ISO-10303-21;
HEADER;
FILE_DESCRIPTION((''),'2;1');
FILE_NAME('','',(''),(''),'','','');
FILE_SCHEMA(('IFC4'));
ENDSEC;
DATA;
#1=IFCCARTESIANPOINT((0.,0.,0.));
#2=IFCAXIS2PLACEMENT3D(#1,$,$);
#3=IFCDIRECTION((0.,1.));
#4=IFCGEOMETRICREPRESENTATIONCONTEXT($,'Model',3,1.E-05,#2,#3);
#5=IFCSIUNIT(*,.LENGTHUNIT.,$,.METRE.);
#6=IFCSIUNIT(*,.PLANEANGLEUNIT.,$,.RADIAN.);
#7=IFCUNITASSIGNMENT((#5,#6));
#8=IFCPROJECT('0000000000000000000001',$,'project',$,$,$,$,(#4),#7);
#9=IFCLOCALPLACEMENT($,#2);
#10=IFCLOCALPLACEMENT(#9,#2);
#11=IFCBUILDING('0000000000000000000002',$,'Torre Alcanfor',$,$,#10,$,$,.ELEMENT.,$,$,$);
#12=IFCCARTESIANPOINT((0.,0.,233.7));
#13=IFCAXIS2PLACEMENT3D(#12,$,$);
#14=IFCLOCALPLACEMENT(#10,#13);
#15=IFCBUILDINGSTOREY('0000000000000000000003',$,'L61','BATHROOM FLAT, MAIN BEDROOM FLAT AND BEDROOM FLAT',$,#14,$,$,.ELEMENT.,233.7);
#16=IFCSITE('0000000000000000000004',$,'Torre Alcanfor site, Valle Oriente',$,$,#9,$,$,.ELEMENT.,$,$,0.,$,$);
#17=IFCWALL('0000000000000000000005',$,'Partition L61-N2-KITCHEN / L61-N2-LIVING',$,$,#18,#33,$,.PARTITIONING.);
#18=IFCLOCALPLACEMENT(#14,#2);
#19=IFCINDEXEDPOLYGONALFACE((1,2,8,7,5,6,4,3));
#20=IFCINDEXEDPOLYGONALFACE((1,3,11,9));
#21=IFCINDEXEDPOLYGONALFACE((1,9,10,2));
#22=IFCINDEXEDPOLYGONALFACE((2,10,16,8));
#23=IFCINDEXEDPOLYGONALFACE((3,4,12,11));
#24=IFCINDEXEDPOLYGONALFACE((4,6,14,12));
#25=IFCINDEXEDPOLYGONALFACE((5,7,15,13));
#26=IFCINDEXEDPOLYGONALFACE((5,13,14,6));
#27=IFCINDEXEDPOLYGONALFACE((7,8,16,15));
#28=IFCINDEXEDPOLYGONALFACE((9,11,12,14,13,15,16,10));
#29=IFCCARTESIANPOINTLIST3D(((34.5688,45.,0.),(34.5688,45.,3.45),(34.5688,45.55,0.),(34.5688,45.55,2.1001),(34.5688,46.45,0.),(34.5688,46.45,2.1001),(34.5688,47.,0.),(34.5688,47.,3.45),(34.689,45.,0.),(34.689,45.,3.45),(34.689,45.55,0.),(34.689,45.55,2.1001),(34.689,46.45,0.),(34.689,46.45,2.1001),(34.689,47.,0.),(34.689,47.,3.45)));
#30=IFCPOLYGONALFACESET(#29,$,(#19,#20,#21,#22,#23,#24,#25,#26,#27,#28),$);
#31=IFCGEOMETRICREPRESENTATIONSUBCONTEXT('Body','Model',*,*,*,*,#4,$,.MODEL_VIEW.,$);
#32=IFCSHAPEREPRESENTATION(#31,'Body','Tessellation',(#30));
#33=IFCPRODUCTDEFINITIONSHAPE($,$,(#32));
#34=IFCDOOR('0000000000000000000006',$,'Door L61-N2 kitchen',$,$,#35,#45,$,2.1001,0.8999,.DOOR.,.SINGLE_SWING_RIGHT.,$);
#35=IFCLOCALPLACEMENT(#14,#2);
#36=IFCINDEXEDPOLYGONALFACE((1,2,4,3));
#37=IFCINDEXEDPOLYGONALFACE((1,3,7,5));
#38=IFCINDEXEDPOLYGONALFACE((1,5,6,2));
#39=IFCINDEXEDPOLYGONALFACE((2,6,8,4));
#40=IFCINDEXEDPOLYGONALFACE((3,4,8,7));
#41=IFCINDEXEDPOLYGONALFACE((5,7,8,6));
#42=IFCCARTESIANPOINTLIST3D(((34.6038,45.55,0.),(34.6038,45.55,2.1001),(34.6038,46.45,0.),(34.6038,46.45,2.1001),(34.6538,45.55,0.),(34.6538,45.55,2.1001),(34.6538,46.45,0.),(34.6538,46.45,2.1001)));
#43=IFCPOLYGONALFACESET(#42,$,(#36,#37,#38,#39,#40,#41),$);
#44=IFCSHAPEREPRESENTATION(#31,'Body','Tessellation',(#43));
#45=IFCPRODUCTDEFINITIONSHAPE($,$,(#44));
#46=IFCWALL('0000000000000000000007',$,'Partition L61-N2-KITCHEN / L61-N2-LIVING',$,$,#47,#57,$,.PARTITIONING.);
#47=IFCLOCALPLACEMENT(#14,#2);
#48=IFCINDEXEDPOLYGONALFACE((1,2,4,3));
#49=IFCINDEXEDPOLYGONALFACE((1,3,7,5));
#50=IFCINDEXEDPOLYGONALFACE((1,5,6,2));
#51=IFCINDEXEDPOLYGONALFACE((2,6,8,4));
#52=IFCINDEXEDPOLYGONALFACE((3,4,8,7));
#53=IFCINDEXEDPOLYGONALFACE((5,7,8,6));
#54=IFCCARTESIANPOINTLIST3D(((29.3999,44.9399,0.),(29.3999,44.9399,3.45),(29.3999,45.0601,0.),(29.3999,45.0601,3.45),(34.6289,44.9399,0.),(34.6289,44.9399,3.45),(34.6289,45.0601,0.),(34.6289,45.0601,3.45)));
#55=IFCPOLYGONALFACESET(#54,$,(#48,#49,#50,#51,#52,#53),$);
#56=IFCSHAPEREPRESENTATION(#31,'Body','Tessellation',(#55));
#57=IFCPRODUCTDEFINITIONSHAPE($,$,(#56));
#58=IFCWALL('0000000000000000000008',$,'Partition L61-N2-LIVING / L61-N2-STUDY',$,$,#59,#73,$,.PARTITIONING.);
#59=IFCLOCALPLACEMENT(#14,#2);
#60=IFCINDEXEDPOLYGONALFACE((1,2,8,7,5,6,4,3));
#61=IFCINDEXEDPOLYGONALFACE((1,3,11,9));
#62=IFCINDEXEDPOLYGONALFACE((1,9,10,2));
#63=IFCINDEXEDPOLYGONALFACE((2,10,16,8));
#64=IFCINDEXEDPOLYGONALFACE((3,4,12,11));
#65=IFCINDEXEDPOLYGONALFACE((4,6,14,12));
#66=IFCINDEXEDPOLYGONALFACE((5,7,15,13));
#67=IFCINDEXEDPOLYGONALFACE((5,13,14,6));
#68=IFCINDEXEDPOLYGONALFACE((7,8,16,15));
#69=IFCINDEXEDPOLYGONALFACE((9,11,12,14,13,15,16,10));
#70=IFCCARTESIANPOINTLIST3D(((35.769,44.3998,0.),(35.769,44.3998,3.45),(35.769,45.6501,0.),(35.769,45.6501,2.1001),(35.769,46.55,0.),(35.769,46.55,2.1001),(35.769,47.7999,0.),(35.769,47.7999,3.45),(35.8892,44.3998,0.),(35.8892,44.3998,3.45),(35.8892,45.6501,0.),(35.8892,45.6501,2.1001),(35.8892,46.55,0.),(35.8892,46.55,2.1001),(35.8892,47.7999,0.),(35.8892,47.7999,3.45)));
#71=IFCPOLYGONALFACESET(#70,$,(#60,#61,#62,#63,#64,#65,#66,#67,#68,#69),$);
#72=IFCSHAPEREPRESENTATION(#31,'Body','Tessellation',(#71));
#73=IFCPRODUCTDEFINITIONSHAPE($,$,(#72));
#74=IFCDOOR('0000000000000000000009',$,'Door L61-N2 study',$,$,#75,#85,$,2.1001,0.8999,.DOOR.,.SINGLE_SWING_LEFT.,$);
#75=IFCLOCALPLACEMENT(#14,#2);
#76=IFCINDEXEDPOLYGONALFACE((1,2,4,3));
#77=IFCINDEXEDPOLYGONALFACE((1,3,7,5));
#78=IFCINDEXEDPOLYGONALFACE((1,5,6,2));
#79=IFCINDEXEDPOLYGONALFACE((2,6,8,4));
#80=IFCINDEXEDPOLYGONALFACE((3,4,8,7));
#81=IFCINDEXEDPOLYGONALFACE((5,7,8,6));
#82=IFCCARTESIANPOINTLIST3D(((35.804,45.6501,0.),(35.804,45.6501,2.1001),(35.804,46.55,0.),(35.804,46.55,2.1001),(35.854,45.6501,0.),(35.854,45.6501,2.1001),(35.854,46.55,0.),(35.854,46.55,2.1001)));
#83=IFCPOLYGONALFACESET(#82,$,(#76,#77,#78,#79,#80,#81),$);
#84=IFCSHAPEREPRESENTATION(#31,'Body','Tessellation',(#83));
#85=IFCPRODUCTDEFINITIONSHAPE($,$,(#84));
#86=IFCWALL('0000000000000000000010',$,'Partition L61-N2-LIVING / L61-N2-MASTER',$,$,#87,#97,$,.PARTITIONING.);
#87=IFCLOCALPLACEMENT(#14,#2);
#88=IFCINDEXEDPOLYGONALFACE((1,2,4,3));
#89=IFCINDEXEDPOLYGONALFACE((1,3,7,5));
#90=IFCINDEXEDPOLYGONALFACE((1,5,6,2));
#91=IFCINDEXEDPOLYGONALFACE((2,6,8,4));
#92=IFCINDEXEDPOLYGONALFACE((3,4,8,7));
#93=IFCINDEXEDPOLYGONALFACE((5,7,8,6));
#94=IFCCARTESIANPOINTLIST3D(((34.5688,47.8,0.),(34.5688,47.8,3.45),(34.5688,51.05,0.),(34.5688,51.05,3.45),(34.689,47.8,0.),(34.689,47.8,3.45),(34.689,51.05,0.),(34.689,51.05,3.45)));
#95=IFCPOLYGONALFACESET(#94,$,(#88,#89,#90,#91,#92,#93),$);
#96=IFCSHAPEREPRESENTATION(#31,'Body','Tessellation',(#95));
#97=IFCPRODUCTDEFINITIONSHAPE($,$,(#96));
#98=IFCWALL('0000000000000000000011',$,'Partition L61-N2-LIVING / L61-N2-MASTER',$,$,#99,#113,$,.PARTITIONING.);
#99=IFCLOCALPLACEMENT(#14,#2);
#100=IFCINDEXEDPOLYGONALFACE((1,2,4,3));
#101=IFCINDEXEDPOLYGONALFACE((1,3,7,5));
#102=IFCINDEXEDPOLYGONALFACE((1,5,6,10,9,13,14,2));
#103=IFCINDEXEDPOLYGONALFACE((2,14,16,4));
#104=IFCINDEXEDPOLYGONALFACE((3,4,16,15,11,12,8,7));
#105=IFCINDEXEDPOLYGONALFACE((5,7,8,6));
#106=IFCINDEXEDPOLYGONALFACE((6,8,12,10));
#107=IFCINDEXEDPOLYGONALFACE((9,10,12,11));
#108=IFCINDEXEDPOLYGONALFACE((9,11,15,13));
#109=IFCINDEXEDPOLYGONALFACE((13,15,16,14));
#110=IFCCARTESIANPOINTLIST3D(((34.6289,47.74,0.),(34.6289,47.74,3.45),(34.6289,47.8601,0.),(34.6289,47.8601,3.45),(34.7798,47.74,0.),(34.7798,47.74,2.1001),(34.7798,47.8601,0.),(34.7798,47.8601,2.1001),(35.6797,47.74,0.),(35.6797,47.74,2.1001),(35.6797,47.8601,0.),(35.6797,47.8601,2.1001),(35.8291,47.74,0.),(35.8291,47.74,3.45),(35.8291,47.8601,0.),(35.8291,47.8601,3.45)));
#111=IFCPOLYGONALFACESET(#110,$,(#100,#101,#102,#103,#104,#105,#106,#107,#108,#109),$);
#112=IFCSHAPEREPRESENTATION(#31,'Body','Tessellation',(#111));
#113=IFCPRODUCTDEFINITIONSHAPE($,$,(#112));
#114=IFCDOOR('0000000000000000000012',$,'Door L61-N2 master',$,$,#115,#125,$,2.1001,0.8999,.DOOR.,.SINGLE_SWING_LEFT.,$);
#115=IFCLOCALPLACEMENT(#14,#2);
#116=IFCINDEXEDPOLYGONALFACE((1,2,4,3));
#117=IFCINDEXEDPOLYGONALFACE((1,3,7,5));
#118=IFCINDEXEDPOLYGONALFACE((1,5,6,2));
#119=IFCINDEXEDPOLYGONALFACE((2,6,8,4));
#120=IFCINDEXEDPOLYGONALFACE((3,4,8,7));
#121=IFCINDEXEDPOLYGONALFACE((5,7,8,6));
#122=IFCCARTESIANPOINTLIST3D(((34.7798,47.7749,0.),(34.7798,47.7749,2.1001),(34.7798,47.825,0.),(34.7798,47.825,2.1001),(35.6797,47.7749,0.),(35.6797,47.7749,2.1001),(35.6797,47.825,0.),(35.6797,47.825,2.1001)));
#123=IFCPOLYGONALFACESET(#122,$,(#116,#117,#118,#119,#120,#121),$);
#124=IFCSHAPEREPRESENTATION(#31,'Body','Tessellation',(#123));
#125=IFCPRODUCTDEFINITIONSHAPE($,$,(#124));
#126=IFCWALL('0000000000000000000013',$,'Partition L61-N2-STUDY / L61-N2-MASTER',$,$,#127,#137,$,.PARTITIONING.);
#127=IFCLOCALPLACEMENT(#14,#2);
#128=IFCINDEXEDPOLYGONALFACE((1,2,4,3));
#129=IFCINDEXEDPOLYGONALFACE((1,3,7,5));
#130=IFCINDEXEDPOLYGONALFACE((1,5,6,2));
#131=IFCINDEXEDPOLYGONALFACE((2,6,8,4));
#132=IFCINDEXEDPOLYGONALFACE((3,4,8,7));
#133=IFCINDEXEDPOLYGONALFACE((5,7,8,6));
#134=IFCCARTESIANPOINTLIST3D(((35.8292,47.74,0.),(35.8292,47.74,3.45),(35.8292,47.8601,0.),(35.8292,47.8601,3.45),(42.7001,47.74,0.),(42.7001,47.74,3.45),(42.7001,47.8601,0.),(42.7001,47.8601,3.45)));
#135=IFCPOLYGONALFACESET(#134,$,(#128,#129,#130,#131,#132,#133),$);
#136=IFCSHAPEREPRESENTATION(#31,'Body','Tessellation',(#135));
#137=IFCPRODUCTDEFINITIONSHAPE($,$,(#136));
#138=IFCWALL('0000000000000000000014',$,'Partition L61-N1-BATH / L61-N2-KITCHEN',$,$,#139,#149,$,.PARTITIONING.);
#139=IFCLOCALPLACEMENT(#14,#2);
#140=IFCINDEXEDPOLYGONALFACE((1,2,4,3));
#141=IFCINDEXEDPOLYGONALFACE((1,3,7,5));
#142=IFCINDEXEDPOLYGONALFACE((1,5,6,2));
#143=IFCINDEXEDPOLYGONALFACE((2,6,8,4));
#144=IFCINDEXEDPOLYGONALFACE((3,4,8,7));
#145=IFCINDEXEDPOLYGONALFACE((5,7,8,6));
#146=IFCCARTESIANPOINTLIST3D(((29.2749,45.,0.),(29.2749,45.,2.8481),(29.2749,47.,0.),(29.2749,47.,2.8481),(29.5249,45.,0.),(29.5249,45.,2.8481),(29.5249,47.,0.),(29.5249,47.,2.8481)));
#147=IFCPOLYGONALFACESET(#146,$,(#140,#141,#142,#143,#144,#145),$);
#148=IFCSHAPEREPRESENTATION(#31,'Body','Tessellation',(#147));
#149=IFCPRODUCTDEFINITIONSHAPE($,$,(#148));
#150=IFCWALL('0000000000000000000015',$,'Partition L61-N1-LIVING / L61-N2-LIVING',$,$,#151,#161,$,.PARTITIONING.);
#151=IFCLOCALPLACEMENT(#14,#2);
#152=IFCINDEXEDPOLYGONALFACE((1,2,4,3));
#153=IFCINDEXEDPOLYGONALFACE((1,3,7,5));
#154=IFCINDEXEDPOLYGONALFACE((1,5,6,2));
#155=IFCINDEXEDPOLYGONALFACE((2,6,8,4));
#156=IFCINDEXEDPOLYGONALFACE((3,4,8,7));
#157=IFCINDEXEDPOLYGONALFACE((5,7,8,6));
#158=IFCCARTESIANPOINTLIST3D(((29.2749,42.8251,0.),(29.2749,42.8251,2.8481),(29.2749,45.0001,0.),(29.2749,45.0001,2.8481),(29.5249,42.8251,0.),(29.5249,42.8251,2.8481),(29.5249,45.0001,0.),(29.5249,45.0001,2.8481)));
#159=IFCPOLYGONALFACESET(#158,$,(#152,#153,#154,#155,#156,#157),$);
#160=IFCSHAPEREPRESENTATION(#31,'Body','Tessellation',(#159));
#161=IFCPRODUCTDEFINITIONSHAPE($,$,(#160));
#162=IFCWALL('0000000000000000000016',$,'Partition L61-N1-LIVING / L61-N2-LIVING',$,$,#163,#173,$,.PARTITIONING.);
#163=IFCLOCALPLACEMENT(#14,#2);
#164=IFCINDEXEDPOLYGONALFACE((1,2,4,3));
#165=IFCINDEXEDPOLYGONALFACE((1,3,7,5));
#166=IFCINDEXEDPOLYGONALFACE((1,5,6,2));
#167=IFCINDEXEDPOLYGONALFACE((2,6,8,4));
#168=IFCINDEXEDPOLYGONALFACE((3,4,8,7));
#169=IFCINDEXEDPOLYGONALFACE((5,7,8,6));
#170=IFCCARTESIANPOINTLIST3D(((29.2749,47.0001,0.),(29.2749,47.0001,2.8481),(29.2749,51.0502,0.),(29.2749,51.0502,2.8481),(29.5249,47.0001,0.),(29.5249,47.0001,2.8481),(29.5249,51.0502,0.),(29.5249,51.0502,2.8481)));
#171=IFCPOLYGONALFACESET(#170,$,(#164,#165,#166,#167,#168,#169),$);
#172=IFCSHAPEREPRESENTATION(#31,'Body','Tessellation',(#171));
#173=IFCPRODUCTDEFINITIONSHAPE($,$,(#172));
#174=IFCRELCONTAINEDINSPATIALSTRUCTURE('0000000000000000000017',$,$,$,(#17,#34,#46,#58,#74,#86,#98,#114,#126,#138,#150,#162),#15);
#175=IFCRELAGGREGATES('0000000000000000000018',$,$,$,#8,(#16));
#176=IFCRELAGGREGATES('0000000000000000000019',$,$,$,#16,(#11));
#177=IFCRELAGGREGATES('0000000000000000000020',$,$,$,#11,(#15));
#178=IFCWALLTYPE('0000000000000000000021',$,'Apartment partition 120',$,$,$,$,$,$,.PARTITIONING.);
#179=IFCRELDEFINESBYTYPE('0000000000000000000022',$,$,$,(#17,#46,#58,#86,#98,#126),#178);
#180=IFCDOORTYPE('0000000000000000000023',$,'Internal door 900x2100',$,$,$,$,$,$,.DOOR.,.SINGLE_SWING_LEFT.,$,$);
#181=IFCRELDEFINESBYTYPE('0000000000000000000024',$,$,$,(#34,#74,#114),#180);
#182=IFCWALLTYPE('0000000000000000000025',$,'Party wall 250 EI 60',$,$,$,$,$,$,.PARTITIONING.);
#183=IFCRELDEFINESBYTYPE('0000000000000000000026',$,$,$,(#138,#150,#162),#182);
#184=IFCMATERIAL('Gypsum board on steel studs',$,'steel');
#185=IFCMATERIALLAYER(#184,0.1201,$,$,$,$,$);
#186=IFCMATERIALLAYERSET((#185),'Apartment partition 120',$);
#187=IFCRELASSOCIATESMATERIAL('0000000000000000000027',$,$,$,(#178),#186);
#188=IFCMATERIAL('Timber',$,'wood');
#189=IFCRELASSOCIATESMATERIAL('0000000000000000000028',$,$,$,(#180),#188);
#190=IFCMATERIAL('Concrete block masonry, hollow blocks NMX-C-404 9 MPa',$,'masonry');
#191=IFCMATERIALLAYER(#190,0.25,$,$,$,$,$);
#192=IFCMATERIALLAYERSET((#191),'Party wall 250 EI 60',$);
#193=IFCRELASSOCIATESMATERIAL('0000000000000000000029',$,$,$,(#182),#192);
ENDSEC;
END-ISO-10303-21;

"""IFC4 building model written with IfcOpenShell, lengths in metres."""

from ifc_helpers import new_model, si_unit, direction, frame, frame_2d, origin, place, context, subcontext, project, spatial, rectangle, extrude, material, layer, layer_set, type_object, element, fill, save


model = new_model("IFC4")

# Units and contexts
model_context = context("Model", 3, precision=1e-05, world=origin(), true_north=direction((0.0, 1.0)))
body_context = subcontext(model_context, "Body", "Model", "MODEL_VIEW")
ifc_project = project(units=[si_unit("LENGTHUNIT", "METRE"), si_unit("PLANEANGLEUNIT", "RADIAN")], contexts=[model_context])

# Site, building, storey
site_placement = place(None, origin())
site = spatial("IfcSite", under=ifc_project, at=site_placement, Name="Torre Alcanfor site, Valle Oriente", CompositionType="ELEMENT", RefElevation=0.0)
building_placement = place(site_placement, origin())
building = spatial("IfcBuilding", under=site, at=building_placement, Name="Torre Alcanfor", CompositionType="ELEMENT")
storey_placement = place(building_placement, frame((0.0, 0.0, 233.7)))
storey = spatial("IfcBuildingStorey", under=building, at=storey_placement, Name="L61", Description="BATHROOM FLAT, MAIN BEDROOM FLAT AND BEDROOM FLAT", CompositionType="ELEMENT", Elevation=233.7)

# Shared definitions
ifc_material_1 = material(Name="Gypsum board on steel studs", Category="steel")
ifc_layer_1 = layer(ifc_material_1, 0.1201)
ifc_layer_set_1 = layer_set([ifc_layer_1], Name="Apartment partition 120")
wall_type_1 = type_object("IfcWallType", Name="Apartment partition 120", PredefinedType="PARTITIONING", material=ifc_layer_set_1)

# Wall, opening, door
wall_1_placement = place(storey_placement, frame((34.6289, 47.0, 0.0), z_axis=(0.0, 0.0, 1.0), x_axis=(0.0, -1.0, 0.0)))
wall_1 = element("IfcWall", 1, at=wall_1_placement, inside=storey, type_object=wall_type_1, Name="Partition L61-N2-KITCHEN / L61-N2-LIVING", PredefinedType="PARTITIONING", context=body_context, shape_type="SweptSolid", body=[
    extrude(rectangle(XDim=2.0, YDim=0.1201, at=frame_2d((1.0, 0.0))), origin(), (0.0, 0.0, 1.0), 3.45),
])
opening_1_placement = place(wall_1_placement, frame((0.55, 0.0, 0.0)))
opening_1 = element("IfcOpeningElement", 2, at=opening_1_placement, cuts=wall_1, PredefinedType="OPENING", context=body_context, shape_type="SweptSolid", body=[
    extrude(rectangle(XDim=0.8999, YDim=2.1001, at=frame_2d((0.45, 1.05))), frame((0.0, 0.0701, 0.0), z_axis=(0.0, -1.0, 0.0), x_axis=(1.0, 0.0, 0.0)), (0.0, 0.0, 1.0), 0.1401),
])
ifc_material_2 = material(Name="Timber", Category="wood")
door_type_1 = type_object("IfcDoorType", Name="Internal door 900x2100", OperationType="SINGLE_SWING_LEFT", PredefinedType="DOOR", material=ifc_material_2)
door_1_placement = place(opening_1_placement, frame((0.8999, 0.0, 0.0), z_axis=(0.0, 0.0, 1.0), x_axis=(-1.0, 0.0, 0.0)))
door_1 = element("IfcDoor", 3, at=door_1_placement, inside=storey, type_object=door_type_1, Name="Door L61-N2 kitchen", OperationType="SINGLE_SWING_RIGHT", OverallHeight=2.1001, OverallWidth=0.8999, PredefinedType="DOOR", context=body_context, shape_type="SweptSolid", body=[
    extrude(rectangle(XDim=0.8999, YDim=2.1001, at=frame_2d((0.45, 1.05))), frame((0.0, 0.0251, 0.0), z_axis=(0.0, -1.0, 0.0), x_axis=(1.0, 0.0, 0.0)), (0.0, 0.0, 1.0), 0.05),
])
fill(opening_1, door_1)

# Wall
wall_2_placement = place(storey_placement, frame((34.6289, 45.0, 0.0), z_axis=(0.0, 0.0, 1.0), x_axis=(-1.0, 0.0, 0.0)))
element("IfcWall", 4, at=wall_2_placement, inside=storey, type_object=wall_type_1, Name="Partition L61-N2-KITCHEN / L61-N2-LIVING", PredefinedType="PARTITIONING", context=body_context, shape_type="SweptSolid", body=[
    extrude(rectangle(XDim=5.229, YDim=0.1201, at=frame_2d((2.6145, 0.0))), origin(), (0.0, 0.0, 1.0), 3.45),
])

# Wall, opening, door
wall_3_placement = place(storey_placement, frame((35.8291, 47.8, 0.0), z_axis=(0.0, 0.0, 1.0), x_axis=(0.0, -1.0, 0.0)))
wall_3 = element("IfcWall", 5, at=wall_3_placement, inside=storey, type_object=wall_type_1, Name="Partition L61-N2-LIVING / L61-N2-STUDY", PredefinedType="PARTITIONING", context=body_context, shape_type="SweptSolid", body=[
    extrude(rectangle(XDim=3.4001, YDim=0.1201, at=frame_2d((1.7002, 0.0))), origin(), (0.0, 0.0, 1.0), 3.45),
])
opening_2_placement = place(wall_3_placement, frame((1.25, 0.0, 0.0)))
opening_2 = element("IfcOpeningElement", 6, at=opening_2_placement, cuts=wall_3, PredefinedType="OPENING", context=body_context, shape_type="SweptSolid", body=[
    extrude(rectangle(XDim=0.8999, YDim=2.1001, at=frame_2d((0.45, 1.05))), frame((0.0, 0.0701, 0.0), z_axis=(0.0, -1.0, 0.0), x_axis=(1.0, 0.0, 0.0)), (0.0, 0.0, 1.0), 0.1401),
])
door_2_placement = place(opening_2_placement, origin())
door_2 = element("IfcDoor", 7, at=door_2_placement, inside=storey, type_object=door_type_1, Name="Door L61-N2 study", OperationType="SINGLE_SWING_LEFT", OverallHeight=2.1001, OverallWidth=0.8999, PredefinedType="DOOR", context=body_context, shape_type="SweptSolid", body=[
    extrude(rectangle(XDim=0.8999, YDim=2.1001, at=frame_2d((0.45, 1.05))), frame((0.0, 0.0249, 0.0), z_axis=(0.0, -1.0, 0.0), x_axis=(1.0, 0.0, 0.0)), (0.0, 0.0, 1.0), 0.05),
])
fill(opening_2, door_2)

# Wall
wall_4_placement = place(storey_placement, frame((34.6289, 51.05, 0.0), z_axis=(0.0, 0.0, 1.0), x_axis=(0.0, -1.0, 0.0)))
element("IfcWall", 8, at=wall_4_placement, inside=storey, type_object=wall_type_1, Name="Partition L61-N2-LIVING / L61-N2-MASTER", PredefinedType="PARTITIONING", context=body_context, shape_type="SweptSolid", body=[
    extrude(rectangle(XDim=3.25, YDim=0.1201, at=frame_2d((1.625, 0.0))), origin(), (0.0, 0.0, 1.0), 3.45),
])

# Wall, opening, door
wall_5_placement = place(storey_placement, frame((34.6289, 47.8, 0.0), z_axis=(0.0, 0.0, 1.0), x_axis=(1.0, 0.0, 0.0)))
wall_5 = element("IfcWall", 9, at=wall_5_placement, inside=storey, type_object=wall_type_1, Name="Partition L61-N2-LIVING / L61-N2-MASTER", PredefinedType="PARTITIONING", context=body_context, shape_type="SweptSolid", body=[
    extrude(rectangle(XDim=1.2002, YDim=0.1201, at=frame_2d((0.6001, 0.0))), origin(), (0.0, 0.0, 1.0), 3.45),
])
opening_3_placement = place(wall_5_placement, frame((0.1509, 0.0, 0.0)))
opening_3 = element("IfcOpeningElement", 10, at=opening_3_placement, cuts=wall_5, PredefinedType="OPENING", context=body_context, shape_type="SweptSolid", body=[
    extrude(rectangle(XDim=0.8999, YDim=2.1001, at=frame_2d((0.45, 1.05))), frame((0.0, 0.0701, 0.0), z_axis=(0.0, -1.0, 0.0), x_axis=(1.0, 0.0, 0.0)), (0.0, 0.0, 1.0), 0.1401),
])
door_3_placement = place(opening_3_placement, origin())
door_3 = element("IfcDoor", 11, at=door_3_placement, inside=storey, type_object=door_type_1, Name="Door L61-N2 master", OperationType="SINGLE_SWING_LEFT", OverallHeight=2.1001, OverallWidth=0.8999, PredefinedType="DOOR", context=body_context, shape_type="SweptSolid", body=[
    extrude(rectangle(XDim=0.8999, YDim=2.1001, at=frame_2d((0.45, 1.05))), frame((0.0, 0.0249, 0.0), z_axis=(0.0, -1.0, 0.0), x_axis=(1.0, 0.0, 0.0)), (0.0, 0.0, 1.0), 0.05),
])
fill(opening_3, door_3)

# Walls
wall_6_placement = place(storey_placement, frame((35.8291, 47.8, 0.0), z_axis=(0.0, 0.0, 1.0), x_axis=(1.0, 0.0, 0.0)))
element("IfcWall", 12, at=wall_6_placement, inside=storey, type_object=wall_type_1, Name="Partition L61-N2-STUDY / L61-N2-MASTER", PredefinedType="PARTITIONING", context=body_context, shape_type="SweptSolid", body=[
    extrude(rectangle(XDim=6.8708, YDim=0.1201, at=frame_2d((3.4355, 0.0))), origin(), (0.0, 0.0, 1.0), 3.45),
])
ifc_material_3 = material(Name="Concrete block masonry, hollow blocks NMX-C-404 9 MPa", Category="masonry")
ifc_layer_2 = layer(ifc_material_3, 0.25)
ifc_layer_set_2 = layer_set([ifc_layer_2], Name="Party wall 250 EI 60")
wall_type_2 = type_object("IfcWallType", Name="Party wall 250 EI 60", PredefinedType="PARTITIONING", material=ifc_layer_set_2)
wall_7_placement = place(storey_placement, frame((29.3999, 45.0, 0.0), z_axis=(0.0, 0.0, 1.0), x_axis=(0.0, 1.0, 0.0)))
element("IfcWall", 13, at=wall_7_placement, inside=storey, type_object=wall_type_2, Name="Partition L61-N1-BATH / L61-N2-KITCHEN", PredefinedType="PARTITIONING", context=body_context, shape_type="SweptSolid", body=[
    extrude(rectangle(XDim=2.0, YDim=0.25, at=frame_2d((1.0, 0.0))), origin(), (0.0, 0.0, 1.0), 2.8481),
])
wall_8_placement = place(storey_placement, frame((29.3999, 45.0, 0.0), z_axis=(0.0, 0.0, 1.0), x_axis=(0.0, -1.0, 0.0)))
element("IfcWall", 14, at=wall_8_placement, inside=storey, type_object=wall_type_2, Name="Partition L61-N1-LIVING / L61-N2-LIVING", PredefinedType="PARTITIONING", context=body_context, shape_type="SweptSolid", body=[
    extrude(rectangle(XDim=2.175, YDim=0.25, at=frame_2d((1.0874, 0.0))), origin(), (0.0, 0.0, 1.0), 2.8481),
])
wall_9_placement = place(storey_placement, frame((29.3999, 51.05, 0.0), z_axis=(0.0, 0.0, 1.0), x_axis=(0.0, -1.0, 0.0)))
element("IfcWall", 15, at=wall_9_placement, inside=storey, type_object=wall_type_2, Name="Partition L61-N1-LIVING / L61-N2-LIVING", PredefinedType="PARTITIONING", context=body_context, shape_type="SweptSolid", body=[
    extrude(rectangle(XDim=4.05, YDim=0.25, at=frame_2d((2.0249, 0.0))), origin(), (0.0, 0.0, 1.0), 2.8481),
])

save(model, "model.ifc")
